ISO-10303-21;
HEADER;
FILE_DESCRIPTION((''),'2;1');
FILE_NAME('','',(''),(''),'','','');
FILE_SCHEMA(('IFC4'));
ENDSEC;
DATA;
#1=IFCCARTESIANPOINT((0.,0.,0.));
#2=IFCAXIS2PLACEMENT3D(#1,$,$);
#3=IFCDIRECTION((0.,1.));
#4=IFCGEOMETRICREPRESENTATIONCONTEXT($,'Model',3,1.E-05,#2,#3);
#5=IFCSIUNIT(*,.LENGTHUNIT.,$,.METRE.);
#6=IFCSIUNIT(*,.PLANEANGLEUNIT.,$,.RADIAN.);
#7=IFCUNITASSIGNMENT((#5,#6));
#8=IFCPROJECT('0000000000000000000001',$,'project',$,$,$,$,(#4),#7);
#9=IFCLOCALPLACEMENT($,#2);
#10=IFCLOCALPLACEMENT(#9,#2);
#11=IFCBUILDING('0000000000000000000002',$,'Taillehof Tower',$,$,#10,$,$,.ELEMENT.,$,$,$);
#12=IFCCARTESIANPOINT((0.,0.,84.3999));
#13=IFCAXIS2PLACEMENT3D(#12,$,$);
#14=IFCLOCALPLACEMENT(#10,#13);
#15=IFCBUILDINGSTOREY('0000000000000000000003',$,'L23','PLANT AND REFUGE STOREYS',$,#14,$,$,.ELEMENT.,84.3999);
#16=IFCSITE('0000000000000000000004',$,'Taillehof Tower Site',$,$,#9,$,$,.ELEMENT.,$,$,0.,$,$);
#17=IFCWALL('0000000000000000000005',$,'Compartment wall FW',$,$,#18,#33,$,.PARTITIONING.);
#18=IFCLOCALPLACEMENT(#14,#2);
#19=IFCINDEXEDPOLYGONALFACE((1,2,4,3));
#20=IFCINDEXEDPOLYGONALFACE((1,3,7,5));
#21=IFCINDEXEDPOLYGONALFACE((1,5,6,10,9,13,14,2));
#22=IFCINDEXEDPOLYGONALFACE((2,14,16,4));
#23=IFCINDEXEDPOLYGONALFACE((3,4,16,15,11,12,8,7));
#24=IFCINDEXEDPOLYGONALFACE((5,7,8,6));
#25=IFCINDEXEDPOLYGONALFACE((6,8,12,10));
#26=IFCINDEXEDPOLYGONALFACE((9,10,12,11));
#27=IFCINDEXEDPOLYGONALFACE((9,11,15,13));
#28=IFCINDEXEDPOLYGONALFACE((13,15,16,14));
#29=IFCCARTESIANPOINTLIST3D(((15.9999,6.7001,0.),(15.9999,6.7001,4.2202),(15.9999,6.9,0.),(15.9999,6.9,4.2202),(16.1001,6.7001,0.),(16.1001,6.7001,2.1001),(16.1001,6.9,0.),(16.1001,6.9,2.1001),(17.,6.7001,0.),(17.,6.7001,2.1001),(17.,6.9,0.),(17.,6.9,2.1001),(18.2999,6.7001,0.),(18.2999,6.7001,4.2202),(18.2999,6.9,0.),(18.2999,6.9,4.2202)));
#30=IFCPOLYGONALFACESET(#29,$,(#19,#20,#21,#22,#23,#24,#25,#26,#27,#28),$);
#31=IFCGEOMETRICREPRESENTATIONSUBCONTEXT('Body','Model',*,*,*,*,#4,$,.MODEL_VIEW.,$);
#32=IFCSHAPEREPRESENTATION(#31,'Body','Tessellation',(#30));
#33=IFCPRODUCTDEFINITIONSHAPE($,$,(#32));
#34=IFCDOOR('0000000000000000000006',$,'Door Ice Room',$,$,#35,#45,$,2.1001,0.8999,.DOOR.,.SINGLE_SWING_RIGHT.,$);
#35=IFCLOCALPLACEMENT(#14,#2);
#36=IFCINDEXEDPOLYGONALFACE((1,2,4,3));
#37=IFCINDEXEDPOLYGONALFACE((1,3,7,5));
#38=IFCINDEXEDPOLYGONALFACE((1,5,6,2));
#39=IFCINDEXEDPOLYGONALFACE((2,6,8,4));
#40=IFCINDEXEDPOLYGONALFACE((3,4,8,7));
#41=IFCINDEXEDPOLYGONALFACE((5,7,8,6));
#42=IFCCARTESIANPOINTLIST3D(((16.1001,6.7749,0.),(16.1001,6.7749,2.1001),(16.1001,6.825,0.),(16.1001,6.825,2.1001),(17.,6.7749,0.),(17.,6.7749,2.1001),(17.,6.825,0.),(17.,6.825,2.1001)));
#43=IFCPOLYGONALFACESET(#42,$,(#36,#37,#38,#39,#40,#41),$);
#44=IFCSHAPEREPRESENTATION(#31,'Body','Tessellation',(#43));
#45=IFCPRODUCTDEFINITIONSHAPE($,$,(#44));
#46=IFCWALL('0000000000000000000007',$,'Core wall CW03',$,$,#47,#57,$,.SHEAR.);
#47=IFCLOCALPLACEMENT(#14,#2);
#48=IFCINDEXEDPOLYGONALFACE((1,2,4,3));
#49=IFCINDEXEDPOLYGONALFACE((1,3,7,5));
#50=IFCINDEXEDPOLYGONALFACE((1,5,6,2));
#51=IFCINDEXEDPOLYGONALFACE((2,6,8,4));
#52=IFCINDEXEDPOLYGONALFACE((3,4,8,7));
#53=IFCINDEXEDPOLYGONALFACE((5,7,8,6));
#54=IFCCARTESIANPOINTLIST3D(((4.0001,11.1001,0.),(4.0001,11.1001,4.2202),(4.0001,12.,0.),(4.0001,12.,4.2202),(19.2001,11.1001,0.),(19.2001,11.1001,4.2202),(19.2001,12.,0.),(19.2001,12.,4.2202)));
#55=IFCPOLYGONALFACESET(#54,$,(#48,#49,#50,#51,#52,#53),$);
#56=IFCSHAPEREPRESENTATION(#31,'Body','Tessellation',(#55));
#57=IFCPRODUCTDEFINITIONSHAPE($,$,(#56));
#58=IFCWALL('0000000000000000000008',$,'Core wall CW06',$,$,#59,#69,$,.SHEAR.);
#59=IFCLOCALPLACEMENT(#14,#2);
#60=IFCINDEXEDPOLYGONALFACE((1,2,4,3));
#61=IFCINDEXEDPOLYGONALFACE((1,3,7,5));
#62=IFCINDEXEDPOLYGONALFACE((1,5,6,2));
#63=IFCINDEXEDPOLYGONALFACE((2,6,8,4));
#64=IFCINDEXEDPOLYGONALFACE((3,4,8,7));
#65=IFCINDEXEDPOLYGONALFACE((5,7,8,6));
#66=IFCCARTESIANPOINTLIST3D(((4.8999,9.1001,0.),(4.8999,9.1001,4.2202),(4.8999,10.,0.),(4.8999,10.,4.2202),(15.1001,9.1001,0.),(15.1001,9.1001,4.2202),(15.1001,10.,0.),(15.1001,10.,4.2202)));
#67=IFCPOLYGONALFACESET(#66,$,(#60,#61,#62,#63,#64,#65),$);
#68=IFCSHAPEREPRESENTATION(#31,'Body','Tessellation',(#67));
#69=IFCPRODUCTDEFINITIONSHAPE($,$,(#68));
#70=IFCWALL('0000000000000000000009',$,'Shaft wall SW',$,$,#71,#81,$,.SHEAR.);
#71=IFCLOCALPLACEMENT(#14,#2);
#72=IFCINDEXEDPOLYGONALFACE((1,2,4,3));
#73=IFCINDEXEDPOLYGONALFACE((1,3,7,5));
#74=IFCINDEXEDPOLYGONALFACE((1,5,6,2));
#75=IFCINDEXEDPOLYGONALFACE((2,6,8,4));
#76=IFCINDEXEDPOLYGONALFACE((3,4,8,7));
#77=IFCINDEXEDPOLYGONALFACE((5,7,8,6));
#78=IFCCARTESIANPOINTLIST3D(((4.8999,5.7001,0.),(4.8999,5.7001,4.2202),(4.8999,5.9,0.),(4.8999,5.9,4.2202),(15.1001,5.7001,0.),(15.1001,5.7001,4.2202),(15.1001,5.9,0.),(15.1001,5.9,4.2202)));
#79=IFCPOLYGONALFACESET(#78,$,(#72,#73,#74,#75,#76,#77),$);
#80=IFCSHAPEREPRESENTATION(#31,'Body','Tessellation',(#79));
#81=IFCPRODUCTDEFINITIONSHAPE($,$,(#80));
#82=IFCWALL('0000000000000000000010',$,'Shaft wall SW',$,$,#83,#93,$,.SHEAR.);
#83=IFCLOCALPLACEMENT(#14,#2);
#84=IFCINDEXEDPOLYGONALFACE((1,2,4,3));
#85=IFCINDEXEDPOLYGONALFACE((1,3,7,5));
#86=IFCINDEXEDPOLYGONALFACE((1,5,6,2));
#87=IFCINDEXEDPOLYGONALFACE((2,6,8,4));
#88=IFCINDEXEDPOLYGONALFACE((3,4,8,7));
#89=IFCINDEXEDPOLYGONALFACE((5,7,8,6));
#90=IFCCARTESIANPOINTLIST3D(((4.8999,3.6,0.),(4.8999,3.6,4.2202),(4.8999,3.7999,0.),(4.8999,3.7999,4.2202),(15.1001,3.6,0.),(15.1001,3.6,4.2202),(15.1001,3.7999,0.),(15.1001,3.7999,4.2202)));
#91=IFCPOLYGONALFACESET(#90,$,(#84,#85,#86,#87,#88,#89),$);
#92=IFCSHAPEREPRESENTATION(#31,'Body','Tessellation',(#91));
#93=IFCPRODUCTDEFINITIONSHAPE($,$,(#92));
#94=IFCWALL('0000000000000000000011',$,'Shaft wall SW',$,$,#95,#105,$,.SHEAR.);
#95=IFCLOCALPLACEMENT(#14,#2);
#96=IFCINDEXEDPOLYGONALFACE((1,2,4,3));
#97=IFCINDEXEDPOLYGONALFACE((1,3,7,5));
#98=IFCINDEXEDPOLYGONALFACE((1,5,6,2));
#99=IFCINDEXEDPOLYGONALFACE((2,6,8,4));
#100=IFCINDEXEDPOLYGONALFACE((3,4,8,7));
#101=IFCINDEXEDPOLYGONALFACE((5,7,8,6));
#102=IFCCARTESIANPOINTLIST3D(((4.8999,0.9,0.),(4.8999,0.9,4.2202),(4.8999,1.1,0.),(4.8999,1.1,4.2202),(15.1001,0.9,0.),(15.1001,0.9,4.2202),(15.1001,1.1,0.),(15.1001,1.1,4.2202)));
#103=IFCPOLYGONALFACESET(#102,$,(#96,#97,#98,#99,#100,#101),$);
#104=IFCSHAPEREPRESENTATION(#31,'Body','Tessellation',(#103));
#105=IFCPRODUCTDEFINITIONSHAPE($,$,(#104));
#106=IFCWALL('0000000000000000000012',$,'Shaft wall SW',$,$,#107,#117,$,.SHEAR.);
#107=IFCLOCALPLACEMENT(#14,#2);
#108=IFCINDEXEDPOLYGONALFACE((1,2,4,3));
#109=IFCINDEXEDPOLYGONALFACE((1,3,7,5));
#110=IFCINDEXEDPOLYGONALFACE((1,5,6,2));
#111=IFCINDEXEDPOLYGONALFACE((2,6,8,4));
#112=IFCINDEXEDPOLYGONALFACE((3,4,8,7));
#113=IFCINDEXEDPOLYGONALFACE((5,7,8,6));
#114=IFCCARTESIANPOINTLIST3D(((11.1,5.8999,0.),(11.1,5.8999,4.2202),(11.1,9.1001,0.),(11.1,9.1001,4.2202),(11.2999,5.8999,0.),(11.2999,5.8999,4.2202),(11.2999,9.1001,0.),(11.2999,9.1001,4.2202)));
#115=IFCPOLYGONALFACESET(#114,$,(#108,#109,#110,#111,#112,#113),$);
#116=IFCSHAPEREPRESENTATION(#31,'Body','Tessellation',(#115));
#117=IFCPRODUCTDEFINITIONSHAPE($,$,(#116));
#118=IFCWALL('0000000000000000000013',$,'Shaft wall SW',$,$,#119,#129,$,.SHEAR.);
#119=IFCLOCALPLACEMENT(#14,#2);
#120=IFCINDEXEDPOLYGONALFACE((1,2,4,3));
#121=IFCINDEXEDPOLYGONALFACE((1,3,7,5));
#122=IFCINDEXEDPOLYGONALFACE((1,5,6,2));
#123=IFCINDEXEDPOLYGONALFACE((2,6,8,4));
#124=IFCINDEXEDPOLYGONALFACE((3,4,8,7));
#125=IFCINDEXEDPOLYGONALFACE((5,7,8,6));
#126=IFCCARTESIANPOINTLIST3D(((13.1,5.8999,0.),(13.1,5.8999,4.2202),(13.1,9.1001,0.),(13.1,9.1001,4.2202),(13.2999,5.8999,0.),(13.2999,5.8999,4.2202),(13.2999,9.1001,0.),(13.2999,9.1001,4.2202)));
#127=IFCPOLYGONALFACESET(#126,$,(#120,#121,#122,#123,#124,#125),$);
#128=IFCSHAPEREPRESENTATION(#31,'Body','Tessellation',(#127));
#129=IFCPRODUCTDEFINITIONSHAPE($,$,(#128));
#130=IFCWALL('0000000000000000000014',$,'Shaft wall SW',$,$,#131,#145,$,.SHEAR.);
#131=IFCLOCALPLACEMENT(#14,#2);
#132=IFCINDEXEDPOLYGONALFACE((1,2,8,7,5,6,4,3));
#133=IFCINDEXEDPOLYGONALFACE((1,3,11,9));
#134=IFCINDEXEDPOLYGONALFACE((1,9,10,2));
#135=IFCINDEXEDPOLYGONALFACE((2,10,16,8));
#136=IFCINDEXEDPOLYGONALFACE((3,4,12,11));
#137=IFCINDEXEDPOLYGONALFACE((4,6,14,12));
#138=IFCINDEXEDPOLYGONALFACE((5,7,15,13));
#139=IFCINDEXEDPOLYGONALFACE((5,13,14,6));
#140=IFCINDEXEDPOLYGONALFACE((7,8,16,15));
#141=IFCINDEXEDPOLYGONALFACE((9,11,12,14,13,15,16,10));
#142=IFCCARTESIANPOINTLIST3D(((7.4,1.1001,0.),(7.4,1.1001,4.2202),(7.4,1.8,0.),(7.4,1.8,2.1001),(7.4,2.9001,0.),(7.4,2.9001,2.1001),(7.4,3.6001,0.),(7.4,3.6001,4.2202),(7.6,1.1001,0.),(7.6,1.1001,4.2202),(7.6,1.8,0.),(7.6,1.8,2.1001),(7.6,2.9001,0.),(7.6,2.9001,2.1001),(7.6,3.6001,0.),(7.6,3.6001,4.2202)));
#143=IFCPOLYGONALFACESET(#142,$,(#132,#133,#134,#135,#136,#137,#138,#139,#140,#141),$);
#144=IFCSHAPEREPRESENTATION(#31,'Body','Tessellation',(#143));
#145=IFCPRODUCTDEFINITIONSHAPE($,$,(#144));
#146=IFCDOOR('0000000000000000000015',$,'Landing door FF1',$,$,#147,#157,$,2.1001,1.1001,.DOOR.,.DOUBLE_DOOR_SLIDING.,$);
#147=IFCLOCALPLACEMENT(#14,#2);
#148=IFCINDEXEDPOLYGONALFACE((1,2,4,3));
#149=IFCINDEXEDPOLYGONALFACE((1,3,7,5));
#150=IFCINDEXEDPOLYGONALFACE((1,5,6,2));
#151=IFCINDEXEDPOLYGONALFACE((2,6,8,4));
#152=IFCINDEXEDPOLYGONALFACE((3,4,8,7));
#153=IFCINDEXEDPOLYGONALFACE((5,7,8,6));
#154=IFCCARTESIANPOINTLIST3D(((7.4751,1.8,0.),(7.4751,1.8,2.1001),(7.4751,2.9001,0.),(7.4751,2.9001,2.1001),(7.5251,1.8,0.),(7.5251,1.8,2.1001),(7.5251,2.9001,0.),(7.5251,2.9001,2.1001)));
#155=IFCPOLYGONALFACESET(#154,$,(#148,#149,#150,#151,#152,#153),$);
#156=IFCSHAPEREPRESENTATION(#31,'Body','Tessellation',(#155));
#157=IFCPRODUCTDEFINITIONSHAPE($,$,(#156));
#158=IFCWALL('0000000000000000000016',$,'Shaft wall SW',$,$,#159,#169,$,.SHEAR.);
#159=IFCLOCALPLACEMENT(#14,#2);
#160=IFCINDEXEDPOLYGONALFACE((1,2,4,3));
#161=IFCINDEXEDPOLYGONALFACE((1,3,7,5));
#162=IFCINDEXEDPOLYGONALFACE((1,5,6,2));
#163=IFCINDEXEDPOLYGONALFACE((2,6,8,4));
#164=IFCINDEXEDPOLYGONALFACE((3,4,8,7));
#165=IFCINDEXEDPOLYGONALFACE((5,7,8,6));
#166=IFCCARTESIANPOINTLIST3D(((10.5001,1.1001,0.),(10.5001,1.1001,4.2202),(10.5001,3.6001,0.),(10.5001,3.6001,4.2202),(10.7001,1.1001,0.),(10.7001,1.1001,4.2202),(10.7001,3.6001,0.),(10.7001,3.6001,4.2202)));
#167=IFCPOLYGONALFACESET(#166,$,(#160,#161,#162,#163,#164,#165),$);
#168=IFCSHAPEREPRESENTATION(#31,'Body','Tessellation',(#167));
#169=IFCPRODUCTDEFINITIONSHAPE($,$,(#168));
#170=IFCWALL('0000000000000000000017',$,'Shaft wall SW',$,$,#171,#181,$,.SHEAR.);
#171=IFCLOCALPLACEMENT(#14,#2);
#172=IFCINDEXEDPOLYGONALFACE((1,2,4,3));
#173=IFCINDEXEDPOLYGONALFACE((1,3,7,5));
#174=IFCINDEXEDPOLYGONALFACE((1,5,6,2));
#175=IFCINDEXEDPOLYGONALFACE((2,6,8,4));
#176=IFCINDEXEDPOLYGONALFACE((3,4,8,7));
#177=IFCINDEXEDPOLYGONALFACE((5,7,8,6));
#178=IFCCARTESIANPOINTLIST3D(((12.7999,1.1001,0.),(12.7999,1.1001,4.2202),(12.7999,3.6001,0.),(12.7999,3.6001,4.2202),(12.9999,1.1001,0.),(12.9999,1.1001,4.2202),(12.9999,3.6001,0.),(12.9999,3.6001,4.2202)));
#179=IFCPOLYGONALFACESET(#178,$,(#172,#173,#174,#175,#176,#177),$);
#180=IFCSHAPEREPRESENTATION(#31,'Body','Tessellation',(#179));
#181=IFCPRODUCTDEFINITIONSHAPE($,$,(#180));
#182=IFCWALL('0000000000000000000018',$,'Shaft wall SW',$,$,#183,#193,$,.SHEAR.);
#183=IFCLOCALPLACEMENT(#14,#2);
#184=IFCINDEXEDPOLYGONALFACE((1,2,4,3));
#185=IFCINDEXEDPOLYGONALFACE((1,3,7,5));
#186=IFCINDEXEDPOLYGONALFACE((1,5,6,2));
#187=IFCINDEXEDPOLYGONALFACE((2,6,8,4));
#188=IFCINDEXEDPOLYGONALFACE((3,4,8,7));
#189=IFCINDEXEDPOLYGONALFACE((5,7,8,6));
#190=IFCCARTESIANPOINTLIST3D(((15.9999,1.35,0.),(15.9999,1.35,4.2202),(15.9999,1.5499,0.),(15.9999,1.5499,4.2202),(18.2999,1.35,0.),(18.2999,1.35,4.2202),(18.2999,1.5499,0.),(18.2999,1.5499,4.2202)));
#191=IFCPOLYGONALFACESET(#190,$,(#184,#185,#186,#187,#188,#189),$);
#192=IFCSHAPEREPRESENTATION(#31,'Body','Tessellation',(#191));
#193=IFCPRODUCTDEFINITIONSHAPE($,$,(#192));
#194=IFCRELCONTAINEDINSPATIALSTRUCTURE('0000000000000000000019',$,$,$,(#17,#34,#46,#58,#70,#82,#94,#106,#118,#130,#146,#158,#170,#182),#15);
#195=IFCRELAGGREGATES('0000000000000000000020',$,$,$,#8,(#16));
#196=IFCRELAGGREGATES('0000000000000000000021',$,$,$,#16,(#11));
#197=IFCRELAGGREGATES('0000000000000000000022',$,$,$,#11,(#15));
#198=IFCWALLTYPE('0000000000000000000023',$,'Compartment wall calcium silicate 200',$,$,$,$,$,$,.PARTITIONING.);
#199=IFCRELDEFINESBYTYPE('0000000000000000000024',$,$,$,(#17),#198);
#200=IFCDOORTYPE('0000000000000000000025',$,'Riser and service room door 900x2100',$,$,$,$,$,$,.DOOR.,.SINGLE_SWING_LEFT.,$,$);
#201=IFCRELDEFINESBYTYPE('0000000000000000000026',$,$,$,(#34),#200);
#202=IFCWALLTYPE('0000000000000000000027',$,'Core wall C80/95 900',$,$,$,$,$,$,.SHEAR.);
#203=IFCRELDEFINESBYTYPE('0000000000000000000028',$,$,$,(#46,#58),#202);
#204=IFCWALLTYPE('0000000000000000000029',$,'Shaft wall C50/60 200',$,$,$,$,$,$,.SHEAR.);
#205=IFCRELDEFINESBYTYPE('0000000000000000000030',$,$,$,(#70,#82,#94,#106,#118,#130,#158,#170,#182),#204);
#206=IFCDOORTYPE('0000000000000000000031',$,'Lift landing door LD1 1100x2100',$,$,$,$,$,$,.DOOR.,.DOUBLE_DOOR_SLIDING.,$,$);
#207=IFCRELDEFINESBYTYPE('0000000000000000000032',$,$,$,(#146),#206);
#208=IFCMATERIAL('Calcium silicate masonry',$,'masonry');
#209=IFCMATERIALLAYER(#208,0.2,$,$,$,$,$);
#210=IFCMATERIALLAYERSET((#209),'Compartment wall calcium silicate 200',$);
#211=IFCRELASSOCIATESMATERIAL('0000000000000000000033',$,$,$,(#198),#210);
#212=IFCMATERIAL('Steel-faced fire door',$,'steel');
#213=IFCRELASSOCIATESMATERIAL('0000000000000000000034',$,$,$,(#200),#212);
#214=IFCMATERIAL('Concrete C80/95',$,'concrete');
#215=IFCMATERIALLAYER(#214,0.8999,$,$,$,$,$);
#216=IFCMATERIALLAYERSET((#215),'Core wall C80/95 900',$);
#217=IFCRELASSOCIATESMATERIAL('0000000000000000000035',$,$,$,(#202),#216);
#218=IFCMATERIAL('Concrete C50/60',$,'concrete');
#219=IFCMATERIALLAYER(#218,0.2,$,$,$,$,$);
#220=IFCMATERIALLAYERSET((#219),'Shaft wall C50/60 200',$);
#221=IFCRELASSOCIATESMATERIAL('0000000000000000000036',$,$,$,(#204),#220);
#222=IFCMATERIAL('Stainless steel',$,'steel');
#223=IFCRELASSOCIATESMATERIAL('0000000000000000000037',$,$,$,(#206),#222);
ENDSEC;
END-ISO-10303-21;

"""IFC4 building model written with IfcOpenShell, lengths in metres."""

from ifc_helpers import new_model, si_unit, direction, frame, frame_2d, origin, place, context, subcontext, project, spatial, rectangle, extrude, material, layer, layer_set, type_object, element, fill, save


model = new_model("IFC4")

# Units and contexts
model_context = context("Model", 3, precision=1e-05, world=origin(), true_north=direction((0.0, 1.0)))
body_context = subcontext(model_context, "Body", "Model", "MODEL_VIEW")
ifc_project = project(units=[si_unit("LENGTHUNIT", "METRE"), si_unit("PLANEANGLEUNIT", "RADIAN")], contexts=[model_context])

# Site, building, storey
site_placement = place(None, origin())
site = spatial("IfcSite", under=ifc_project, at=site_placement, Name="Taillehof Tower Site", CompositionType="ELEMENT", RefElevation=0.0)
building_placement = place(site_placement, origin())
building = spatial("IfcBuilding", under=site, at=building_placement, Name="Taillehof Tower", CompositionType="ELEMENT")
storey_placement = place(building_placement, frame((0.0, 0.0, 84.3999)))
storey = spatial("IfcBuildingStorey", under=building, at=storey_placement, Name="L23", Description="PLANT AND REFUGE STOREYS", CompositionType="ELEMENT", Elevation=84.3999)

# Wall, opening, door
ifc_material_1 = material(Name="Calcium silicate masonry", Category="masonry")
ifc_layer_1 = layer(ifc_material_1, 0.2)
ifc_layer_set_1 = layer_set([ifc_layer_1], Name="Compartment wall calcium silicate 200")
wall_type_1 = type_object("IfcWallType", Name="Compartment wall calcium silicate 200", PredefinedType="PARTITIONING", material=ifc_layer_set_1)
wall_1_placement = place(storey_placement, frame((16.0, 6.8, 0.0), z_axis=(0.0, 0.0, 1.0), x_axis=(1.0, 0.0, 0.0)))
wall_1 = element("IfcWall", 1, at=wall_1_placement, inside=storey, type_object=wall_type_1, Name="Compartment wall FW", PredefinedType="PARTITIONING", context=body_context, shape_type="SweptSolid", body=[
    extrude(rectangle(XDim=2.3, YDim=0.2, at=frame_2d((1.1499, 0.0))), origin(), (0.0, 0.0, 1.0), 4.2202),
])
opening_1_placement = place(wall_1_placement, frame((0.1001, 0.0, 0.0)))
opening_1 = element("IfcOpeningElement", 2, at=opening_1_placement, cuts=wall_1, PredefinedType="OPENING", context=body_context, shape_type="SweptSolid", body=[
    extrude(rectangle(XDim=0.8999, YDim=2.1001, at=frame_2d((0.45, 1.05))), frame((0.0, 0.1099, 0.0), z_axis=(0.0, -1.0, 0.0), x_axis=(1.0, 0.0, 0.0)), (0.0, 0.0, 1.0), 0.22),
])
ifc_material_2 = material(Name="Steel-faced fire door", Category="steel")
door_type_1 = type_object("IfcDoorType", Name="Riser and service room door 900x2100", OperationType="SINGLE_SWING_LEFT", PredefinedType="DOOR", material=ifc_material_2)
door_1_placement = place(opening_1_placement, origin())
door_1 = element("IfcDoor", 3, at=door_1_placement, inside=storey, type_object=door_type_1, Name="Door Ice Room", OperationType="SINGLE_SWING_RIGHT", OverallHeight=2.1001, OverallWidth=0.8999, PredefinedType="DOOR", context=body_context, shape_type="SweptSolid", body=[
    extrude(rectangle(XDim=0.8999, YDim=2.1001, at=frame_2d((0.45, 1.05))), frame((0.0, 0.0249, 0.0), z_axis=(0.0, -1.0, 0.0), x_axis=(1.0, 0.0, 0.0)), (0.0, 0.0, 1.0), 0.05),
])
fill(opening_1, door_1)

# Walls
ifc_material_3 = material(Name="Concrete C80/95", Category="concrete")
ifc_layer_2 = layer(ifc_material_3, 0.8999)
ifc_layer_set_2 = layer_set([ifc_layer_2], Name="Core wall C80/95 900")
wall_type_2 = type_object("IfcWallType", Name="Core wall C80/95 900", PredefinedType="SHEAR", material=ifc_layer_set_2)
wall_2_placement = place(storey_placement, frame((4.0, 11.55, 0.0), z_axis=(0.0, 0.0, 1.0), x_axis=(1.0, 0.0, 0.0)))
element("IfcWall", 4, at=wall_2_placement, inside=storey, type_object=wall_type_2, Name="Core wall CW03", PredefinedType="SHEAR", context=body_context, shape_type="SweptSolid", body=[
    extrude(rectangle(XDim=15.2, YDim=0.8999, at=frame_2d((7.6001, 0.0))), origin(), (0.0, 0.0, 1.0), 4.2202),
])
wall_3_placement = place(storey_placement, frame((4.8999, 9.55, 0.0), z_axis=(0.0, 0.0, 1.0), x_axis=(1.0, 0.0, 0.0)))
element("IfcWall", 5, at=wall_3_placement, inside=storey, type_object=wall_type_2, Name="Core wall CW06", PredefinedType="SHEAR", context=body_context, shape_type="SweptSolid", body=[
    extrude(rectangle(XDim=10.2002, YDim=0.8999, at=frame_2d((5.1001, 0.0))), origin(), (0.0, 0.0, 1.0), 4.2202),
])
ifc_material_4 = material(Name="Concrete C50/60", Category="concrete")
ifc_layer_3 = layer(ifc_material_4, 0.2)
ifc_layer_set_3 = layer_set([ifc_layer_3], Name="Shaft wall C50/60 200")
wall_type_3 = type_object("IfcWallType", Name="Shaft wall C50/60 200", PredefinedType="SHEAR", material=ifc_layer_set_3)
for number, where, z_axis, x_axis, name in (
    (6, (4.8999, 5.8, 0.0), (0.0, 0.0, 1.0), (1.0, 0.0, 0.0), "Shaft wall SW"),
    (7, (4.8999, 3.7, 0.0), (0.0, 0.0, 1.0), (1.0, 0.0, 0.0), "Shaft wall SW"),
    (8, (4.8999, 1.0, 0.0), (0.0, 0.0, 1.0), (1.0, 0.0, 0.0), "Shaft wall SW"),
):
    element("IfcWall", number, at=place(storey_placement, frame(where, z_axis=z_axis, x_axis=x_axis)), inside=storey, type_object=wall_type_3, Name=name, PredefinedType="SHEAR", context=body_context, shape_type="SweptSolid", body=[
        extrude(rectangle(XDim=10.2002, YDim=0.2, at=frame_2d((5.1001, 0.0))), origin(), (0.0, 0.0, 1.0), 4.2202),
    ])
for number, where, z_axis, x_axis, name in (
    (9, (11.2, 5.8999, 0.0), (0.0, 0.0, 1.0), (0.0, 1.0, 0.0), "Shaft wall SW"),
    (10, (13.2, 5.8999, 0.0), (0.0, 0.0, 1.0), (0.0, 1.0, 0.0), "Shaft wall SW"),
):
    element("IfcWall", number, at=place(storey_placement, frame(where, z_axis=z_axis, x_axis=x_axis)), inside=storey, type_object=wall_type_3, Name=name, PredefinedType="SHEAR", context=body_context, shape_type="SweptSolid", body=[
        extrude(rectangle(XDim=3.2002, YDim=0.2, at=frame_2d((1.6001, 0.0))), origin(), (0.0, 0.0, 1.0), 4.2202),
    ])

# Wall, opening, door
wall_4_placement = place(storey_placement, frame((7.5, 1.1001, 0.0), z_axis=(0.0, 0.0, 1.0), x_axis=(0.0, 1.0, 0.0)))
wall_4 = element("IfcWall", 11, at=wall_4_placement, inside=storey, type_object=wall_type_3, Name="Shaft wall SW", PredefinedType="SHEAR", context=body_context, shape_type="SweptSolid", body=[
    extrude(rectangle(XDim=2.5, YDim=0.2, at=frame_2d((1.25, 0.0))), origin(), (0.0, 0.0, 1.0), 4.2202),
])
opening_2_placement = place(wall_4_placement, frame((0.7, 0.0, 0.0)))
opening_2 = element("IfcOpeningElement", 12, at=opening_2_placement, cuts=wall_4, PredefinedType="OPENING", context=body_context, shape_type="SweptSolid", body=[
    extrude(rectangle(XDim=1.1001, YDim=2.1001, at=frame_2d((0.55, 1.05))), frame((0.0, 0.1099, 0.0), z_axis=(0.0, -1.0, 0.0), x_axis=(1.0, 0.0, 0.0)), (0.0, 0.0, 1.0), 0.22),
])
ifc_material_5 = material(Name="Stainless steel", Category="steel")
door_type_2 = type_object("IfcDoorType", Name="Lift landing door LD1 1100x2100", OperationType="DOUBLE_DOOR_SLIDING", PredefinedType="DOOR", material=ifc_material_5)
door_2_placement = place(opening_2_placement, origin())
door_2 = element("IfcDoor", 13, at=door_2_placement, inside=storey, type_object=door_type_2, Name="Landing door FF1", OperationType="DOUBLE_DOOR_SLIDING", OverallHeight=2.1001, OverallWidth=1.1001, PredefinedType="DOOR", context=body_context, shape_type="SweptSolid", body=[
    extrude(rectangle(XDim=1.1001, YDim=2.1001, at=frame_2d((0.55, 1.05))), frame((0.0, 0.0249, 0.0), z_axis=(0.0, -1.0, 0.0), x_axis=(1.0, 0.0, 0.0)), (0.0, 0.0, 1.0), 0.05),
])
fill(opening_2, door_2)

# Walls
for number, where, z_axis, x_axis, name in (
    (14, (10.6001, 1.1001, 0.0), (0.0, 0.0, 1.0), (0.0, 1.0, 0.0), "Shaft wall SW"),
    (15, (12.8999, 1.1001, 0.0), (0.0, 0.0, 1.0), (0.0, 1.0, 0.0), "Shaft wall SW"),
):
    element("IfcWall", number, at=place(storey_placement, frame(where, z_axis=z_axis, x_axis=x_axis)), inside=storey, type_object=wall_type_3, Name=name, PredefinedType="SHEAR", context=body_context, shape_type="SweptSolid", body=[
        extrude(rectangle(XDim=2.5, YDim=0.2, at=frame_2d((1.25, 0.0))), origin(), (0.0, 0.0, 1.0), 4.2202),
    ])
for number, where, z_axis, x_axis, name in (
    (16, (16.0, 1.45, 0.0), (0.0, 0.0, 1.0), (1.0, 0.0, 0.0), "Shaft wall SW"),
):
    element("IfcWall", number, at=place(storey_placement, frame(where, z_axis=z_axis, x_axis=x_axis)), inside=storey, type_object=wall_type_3, Name=name, PredefinedType="SHEAR", context=body_context, shape_type="SweptSolid", body=[
        extrude(rectangle(XDim=2.3, YDim=0.2, at=frame_2d((1.1499, 0.0))), origin(), (0.0, 0.0, 1.0), 4.2202),
    ])

save(model, "model.ifc")
